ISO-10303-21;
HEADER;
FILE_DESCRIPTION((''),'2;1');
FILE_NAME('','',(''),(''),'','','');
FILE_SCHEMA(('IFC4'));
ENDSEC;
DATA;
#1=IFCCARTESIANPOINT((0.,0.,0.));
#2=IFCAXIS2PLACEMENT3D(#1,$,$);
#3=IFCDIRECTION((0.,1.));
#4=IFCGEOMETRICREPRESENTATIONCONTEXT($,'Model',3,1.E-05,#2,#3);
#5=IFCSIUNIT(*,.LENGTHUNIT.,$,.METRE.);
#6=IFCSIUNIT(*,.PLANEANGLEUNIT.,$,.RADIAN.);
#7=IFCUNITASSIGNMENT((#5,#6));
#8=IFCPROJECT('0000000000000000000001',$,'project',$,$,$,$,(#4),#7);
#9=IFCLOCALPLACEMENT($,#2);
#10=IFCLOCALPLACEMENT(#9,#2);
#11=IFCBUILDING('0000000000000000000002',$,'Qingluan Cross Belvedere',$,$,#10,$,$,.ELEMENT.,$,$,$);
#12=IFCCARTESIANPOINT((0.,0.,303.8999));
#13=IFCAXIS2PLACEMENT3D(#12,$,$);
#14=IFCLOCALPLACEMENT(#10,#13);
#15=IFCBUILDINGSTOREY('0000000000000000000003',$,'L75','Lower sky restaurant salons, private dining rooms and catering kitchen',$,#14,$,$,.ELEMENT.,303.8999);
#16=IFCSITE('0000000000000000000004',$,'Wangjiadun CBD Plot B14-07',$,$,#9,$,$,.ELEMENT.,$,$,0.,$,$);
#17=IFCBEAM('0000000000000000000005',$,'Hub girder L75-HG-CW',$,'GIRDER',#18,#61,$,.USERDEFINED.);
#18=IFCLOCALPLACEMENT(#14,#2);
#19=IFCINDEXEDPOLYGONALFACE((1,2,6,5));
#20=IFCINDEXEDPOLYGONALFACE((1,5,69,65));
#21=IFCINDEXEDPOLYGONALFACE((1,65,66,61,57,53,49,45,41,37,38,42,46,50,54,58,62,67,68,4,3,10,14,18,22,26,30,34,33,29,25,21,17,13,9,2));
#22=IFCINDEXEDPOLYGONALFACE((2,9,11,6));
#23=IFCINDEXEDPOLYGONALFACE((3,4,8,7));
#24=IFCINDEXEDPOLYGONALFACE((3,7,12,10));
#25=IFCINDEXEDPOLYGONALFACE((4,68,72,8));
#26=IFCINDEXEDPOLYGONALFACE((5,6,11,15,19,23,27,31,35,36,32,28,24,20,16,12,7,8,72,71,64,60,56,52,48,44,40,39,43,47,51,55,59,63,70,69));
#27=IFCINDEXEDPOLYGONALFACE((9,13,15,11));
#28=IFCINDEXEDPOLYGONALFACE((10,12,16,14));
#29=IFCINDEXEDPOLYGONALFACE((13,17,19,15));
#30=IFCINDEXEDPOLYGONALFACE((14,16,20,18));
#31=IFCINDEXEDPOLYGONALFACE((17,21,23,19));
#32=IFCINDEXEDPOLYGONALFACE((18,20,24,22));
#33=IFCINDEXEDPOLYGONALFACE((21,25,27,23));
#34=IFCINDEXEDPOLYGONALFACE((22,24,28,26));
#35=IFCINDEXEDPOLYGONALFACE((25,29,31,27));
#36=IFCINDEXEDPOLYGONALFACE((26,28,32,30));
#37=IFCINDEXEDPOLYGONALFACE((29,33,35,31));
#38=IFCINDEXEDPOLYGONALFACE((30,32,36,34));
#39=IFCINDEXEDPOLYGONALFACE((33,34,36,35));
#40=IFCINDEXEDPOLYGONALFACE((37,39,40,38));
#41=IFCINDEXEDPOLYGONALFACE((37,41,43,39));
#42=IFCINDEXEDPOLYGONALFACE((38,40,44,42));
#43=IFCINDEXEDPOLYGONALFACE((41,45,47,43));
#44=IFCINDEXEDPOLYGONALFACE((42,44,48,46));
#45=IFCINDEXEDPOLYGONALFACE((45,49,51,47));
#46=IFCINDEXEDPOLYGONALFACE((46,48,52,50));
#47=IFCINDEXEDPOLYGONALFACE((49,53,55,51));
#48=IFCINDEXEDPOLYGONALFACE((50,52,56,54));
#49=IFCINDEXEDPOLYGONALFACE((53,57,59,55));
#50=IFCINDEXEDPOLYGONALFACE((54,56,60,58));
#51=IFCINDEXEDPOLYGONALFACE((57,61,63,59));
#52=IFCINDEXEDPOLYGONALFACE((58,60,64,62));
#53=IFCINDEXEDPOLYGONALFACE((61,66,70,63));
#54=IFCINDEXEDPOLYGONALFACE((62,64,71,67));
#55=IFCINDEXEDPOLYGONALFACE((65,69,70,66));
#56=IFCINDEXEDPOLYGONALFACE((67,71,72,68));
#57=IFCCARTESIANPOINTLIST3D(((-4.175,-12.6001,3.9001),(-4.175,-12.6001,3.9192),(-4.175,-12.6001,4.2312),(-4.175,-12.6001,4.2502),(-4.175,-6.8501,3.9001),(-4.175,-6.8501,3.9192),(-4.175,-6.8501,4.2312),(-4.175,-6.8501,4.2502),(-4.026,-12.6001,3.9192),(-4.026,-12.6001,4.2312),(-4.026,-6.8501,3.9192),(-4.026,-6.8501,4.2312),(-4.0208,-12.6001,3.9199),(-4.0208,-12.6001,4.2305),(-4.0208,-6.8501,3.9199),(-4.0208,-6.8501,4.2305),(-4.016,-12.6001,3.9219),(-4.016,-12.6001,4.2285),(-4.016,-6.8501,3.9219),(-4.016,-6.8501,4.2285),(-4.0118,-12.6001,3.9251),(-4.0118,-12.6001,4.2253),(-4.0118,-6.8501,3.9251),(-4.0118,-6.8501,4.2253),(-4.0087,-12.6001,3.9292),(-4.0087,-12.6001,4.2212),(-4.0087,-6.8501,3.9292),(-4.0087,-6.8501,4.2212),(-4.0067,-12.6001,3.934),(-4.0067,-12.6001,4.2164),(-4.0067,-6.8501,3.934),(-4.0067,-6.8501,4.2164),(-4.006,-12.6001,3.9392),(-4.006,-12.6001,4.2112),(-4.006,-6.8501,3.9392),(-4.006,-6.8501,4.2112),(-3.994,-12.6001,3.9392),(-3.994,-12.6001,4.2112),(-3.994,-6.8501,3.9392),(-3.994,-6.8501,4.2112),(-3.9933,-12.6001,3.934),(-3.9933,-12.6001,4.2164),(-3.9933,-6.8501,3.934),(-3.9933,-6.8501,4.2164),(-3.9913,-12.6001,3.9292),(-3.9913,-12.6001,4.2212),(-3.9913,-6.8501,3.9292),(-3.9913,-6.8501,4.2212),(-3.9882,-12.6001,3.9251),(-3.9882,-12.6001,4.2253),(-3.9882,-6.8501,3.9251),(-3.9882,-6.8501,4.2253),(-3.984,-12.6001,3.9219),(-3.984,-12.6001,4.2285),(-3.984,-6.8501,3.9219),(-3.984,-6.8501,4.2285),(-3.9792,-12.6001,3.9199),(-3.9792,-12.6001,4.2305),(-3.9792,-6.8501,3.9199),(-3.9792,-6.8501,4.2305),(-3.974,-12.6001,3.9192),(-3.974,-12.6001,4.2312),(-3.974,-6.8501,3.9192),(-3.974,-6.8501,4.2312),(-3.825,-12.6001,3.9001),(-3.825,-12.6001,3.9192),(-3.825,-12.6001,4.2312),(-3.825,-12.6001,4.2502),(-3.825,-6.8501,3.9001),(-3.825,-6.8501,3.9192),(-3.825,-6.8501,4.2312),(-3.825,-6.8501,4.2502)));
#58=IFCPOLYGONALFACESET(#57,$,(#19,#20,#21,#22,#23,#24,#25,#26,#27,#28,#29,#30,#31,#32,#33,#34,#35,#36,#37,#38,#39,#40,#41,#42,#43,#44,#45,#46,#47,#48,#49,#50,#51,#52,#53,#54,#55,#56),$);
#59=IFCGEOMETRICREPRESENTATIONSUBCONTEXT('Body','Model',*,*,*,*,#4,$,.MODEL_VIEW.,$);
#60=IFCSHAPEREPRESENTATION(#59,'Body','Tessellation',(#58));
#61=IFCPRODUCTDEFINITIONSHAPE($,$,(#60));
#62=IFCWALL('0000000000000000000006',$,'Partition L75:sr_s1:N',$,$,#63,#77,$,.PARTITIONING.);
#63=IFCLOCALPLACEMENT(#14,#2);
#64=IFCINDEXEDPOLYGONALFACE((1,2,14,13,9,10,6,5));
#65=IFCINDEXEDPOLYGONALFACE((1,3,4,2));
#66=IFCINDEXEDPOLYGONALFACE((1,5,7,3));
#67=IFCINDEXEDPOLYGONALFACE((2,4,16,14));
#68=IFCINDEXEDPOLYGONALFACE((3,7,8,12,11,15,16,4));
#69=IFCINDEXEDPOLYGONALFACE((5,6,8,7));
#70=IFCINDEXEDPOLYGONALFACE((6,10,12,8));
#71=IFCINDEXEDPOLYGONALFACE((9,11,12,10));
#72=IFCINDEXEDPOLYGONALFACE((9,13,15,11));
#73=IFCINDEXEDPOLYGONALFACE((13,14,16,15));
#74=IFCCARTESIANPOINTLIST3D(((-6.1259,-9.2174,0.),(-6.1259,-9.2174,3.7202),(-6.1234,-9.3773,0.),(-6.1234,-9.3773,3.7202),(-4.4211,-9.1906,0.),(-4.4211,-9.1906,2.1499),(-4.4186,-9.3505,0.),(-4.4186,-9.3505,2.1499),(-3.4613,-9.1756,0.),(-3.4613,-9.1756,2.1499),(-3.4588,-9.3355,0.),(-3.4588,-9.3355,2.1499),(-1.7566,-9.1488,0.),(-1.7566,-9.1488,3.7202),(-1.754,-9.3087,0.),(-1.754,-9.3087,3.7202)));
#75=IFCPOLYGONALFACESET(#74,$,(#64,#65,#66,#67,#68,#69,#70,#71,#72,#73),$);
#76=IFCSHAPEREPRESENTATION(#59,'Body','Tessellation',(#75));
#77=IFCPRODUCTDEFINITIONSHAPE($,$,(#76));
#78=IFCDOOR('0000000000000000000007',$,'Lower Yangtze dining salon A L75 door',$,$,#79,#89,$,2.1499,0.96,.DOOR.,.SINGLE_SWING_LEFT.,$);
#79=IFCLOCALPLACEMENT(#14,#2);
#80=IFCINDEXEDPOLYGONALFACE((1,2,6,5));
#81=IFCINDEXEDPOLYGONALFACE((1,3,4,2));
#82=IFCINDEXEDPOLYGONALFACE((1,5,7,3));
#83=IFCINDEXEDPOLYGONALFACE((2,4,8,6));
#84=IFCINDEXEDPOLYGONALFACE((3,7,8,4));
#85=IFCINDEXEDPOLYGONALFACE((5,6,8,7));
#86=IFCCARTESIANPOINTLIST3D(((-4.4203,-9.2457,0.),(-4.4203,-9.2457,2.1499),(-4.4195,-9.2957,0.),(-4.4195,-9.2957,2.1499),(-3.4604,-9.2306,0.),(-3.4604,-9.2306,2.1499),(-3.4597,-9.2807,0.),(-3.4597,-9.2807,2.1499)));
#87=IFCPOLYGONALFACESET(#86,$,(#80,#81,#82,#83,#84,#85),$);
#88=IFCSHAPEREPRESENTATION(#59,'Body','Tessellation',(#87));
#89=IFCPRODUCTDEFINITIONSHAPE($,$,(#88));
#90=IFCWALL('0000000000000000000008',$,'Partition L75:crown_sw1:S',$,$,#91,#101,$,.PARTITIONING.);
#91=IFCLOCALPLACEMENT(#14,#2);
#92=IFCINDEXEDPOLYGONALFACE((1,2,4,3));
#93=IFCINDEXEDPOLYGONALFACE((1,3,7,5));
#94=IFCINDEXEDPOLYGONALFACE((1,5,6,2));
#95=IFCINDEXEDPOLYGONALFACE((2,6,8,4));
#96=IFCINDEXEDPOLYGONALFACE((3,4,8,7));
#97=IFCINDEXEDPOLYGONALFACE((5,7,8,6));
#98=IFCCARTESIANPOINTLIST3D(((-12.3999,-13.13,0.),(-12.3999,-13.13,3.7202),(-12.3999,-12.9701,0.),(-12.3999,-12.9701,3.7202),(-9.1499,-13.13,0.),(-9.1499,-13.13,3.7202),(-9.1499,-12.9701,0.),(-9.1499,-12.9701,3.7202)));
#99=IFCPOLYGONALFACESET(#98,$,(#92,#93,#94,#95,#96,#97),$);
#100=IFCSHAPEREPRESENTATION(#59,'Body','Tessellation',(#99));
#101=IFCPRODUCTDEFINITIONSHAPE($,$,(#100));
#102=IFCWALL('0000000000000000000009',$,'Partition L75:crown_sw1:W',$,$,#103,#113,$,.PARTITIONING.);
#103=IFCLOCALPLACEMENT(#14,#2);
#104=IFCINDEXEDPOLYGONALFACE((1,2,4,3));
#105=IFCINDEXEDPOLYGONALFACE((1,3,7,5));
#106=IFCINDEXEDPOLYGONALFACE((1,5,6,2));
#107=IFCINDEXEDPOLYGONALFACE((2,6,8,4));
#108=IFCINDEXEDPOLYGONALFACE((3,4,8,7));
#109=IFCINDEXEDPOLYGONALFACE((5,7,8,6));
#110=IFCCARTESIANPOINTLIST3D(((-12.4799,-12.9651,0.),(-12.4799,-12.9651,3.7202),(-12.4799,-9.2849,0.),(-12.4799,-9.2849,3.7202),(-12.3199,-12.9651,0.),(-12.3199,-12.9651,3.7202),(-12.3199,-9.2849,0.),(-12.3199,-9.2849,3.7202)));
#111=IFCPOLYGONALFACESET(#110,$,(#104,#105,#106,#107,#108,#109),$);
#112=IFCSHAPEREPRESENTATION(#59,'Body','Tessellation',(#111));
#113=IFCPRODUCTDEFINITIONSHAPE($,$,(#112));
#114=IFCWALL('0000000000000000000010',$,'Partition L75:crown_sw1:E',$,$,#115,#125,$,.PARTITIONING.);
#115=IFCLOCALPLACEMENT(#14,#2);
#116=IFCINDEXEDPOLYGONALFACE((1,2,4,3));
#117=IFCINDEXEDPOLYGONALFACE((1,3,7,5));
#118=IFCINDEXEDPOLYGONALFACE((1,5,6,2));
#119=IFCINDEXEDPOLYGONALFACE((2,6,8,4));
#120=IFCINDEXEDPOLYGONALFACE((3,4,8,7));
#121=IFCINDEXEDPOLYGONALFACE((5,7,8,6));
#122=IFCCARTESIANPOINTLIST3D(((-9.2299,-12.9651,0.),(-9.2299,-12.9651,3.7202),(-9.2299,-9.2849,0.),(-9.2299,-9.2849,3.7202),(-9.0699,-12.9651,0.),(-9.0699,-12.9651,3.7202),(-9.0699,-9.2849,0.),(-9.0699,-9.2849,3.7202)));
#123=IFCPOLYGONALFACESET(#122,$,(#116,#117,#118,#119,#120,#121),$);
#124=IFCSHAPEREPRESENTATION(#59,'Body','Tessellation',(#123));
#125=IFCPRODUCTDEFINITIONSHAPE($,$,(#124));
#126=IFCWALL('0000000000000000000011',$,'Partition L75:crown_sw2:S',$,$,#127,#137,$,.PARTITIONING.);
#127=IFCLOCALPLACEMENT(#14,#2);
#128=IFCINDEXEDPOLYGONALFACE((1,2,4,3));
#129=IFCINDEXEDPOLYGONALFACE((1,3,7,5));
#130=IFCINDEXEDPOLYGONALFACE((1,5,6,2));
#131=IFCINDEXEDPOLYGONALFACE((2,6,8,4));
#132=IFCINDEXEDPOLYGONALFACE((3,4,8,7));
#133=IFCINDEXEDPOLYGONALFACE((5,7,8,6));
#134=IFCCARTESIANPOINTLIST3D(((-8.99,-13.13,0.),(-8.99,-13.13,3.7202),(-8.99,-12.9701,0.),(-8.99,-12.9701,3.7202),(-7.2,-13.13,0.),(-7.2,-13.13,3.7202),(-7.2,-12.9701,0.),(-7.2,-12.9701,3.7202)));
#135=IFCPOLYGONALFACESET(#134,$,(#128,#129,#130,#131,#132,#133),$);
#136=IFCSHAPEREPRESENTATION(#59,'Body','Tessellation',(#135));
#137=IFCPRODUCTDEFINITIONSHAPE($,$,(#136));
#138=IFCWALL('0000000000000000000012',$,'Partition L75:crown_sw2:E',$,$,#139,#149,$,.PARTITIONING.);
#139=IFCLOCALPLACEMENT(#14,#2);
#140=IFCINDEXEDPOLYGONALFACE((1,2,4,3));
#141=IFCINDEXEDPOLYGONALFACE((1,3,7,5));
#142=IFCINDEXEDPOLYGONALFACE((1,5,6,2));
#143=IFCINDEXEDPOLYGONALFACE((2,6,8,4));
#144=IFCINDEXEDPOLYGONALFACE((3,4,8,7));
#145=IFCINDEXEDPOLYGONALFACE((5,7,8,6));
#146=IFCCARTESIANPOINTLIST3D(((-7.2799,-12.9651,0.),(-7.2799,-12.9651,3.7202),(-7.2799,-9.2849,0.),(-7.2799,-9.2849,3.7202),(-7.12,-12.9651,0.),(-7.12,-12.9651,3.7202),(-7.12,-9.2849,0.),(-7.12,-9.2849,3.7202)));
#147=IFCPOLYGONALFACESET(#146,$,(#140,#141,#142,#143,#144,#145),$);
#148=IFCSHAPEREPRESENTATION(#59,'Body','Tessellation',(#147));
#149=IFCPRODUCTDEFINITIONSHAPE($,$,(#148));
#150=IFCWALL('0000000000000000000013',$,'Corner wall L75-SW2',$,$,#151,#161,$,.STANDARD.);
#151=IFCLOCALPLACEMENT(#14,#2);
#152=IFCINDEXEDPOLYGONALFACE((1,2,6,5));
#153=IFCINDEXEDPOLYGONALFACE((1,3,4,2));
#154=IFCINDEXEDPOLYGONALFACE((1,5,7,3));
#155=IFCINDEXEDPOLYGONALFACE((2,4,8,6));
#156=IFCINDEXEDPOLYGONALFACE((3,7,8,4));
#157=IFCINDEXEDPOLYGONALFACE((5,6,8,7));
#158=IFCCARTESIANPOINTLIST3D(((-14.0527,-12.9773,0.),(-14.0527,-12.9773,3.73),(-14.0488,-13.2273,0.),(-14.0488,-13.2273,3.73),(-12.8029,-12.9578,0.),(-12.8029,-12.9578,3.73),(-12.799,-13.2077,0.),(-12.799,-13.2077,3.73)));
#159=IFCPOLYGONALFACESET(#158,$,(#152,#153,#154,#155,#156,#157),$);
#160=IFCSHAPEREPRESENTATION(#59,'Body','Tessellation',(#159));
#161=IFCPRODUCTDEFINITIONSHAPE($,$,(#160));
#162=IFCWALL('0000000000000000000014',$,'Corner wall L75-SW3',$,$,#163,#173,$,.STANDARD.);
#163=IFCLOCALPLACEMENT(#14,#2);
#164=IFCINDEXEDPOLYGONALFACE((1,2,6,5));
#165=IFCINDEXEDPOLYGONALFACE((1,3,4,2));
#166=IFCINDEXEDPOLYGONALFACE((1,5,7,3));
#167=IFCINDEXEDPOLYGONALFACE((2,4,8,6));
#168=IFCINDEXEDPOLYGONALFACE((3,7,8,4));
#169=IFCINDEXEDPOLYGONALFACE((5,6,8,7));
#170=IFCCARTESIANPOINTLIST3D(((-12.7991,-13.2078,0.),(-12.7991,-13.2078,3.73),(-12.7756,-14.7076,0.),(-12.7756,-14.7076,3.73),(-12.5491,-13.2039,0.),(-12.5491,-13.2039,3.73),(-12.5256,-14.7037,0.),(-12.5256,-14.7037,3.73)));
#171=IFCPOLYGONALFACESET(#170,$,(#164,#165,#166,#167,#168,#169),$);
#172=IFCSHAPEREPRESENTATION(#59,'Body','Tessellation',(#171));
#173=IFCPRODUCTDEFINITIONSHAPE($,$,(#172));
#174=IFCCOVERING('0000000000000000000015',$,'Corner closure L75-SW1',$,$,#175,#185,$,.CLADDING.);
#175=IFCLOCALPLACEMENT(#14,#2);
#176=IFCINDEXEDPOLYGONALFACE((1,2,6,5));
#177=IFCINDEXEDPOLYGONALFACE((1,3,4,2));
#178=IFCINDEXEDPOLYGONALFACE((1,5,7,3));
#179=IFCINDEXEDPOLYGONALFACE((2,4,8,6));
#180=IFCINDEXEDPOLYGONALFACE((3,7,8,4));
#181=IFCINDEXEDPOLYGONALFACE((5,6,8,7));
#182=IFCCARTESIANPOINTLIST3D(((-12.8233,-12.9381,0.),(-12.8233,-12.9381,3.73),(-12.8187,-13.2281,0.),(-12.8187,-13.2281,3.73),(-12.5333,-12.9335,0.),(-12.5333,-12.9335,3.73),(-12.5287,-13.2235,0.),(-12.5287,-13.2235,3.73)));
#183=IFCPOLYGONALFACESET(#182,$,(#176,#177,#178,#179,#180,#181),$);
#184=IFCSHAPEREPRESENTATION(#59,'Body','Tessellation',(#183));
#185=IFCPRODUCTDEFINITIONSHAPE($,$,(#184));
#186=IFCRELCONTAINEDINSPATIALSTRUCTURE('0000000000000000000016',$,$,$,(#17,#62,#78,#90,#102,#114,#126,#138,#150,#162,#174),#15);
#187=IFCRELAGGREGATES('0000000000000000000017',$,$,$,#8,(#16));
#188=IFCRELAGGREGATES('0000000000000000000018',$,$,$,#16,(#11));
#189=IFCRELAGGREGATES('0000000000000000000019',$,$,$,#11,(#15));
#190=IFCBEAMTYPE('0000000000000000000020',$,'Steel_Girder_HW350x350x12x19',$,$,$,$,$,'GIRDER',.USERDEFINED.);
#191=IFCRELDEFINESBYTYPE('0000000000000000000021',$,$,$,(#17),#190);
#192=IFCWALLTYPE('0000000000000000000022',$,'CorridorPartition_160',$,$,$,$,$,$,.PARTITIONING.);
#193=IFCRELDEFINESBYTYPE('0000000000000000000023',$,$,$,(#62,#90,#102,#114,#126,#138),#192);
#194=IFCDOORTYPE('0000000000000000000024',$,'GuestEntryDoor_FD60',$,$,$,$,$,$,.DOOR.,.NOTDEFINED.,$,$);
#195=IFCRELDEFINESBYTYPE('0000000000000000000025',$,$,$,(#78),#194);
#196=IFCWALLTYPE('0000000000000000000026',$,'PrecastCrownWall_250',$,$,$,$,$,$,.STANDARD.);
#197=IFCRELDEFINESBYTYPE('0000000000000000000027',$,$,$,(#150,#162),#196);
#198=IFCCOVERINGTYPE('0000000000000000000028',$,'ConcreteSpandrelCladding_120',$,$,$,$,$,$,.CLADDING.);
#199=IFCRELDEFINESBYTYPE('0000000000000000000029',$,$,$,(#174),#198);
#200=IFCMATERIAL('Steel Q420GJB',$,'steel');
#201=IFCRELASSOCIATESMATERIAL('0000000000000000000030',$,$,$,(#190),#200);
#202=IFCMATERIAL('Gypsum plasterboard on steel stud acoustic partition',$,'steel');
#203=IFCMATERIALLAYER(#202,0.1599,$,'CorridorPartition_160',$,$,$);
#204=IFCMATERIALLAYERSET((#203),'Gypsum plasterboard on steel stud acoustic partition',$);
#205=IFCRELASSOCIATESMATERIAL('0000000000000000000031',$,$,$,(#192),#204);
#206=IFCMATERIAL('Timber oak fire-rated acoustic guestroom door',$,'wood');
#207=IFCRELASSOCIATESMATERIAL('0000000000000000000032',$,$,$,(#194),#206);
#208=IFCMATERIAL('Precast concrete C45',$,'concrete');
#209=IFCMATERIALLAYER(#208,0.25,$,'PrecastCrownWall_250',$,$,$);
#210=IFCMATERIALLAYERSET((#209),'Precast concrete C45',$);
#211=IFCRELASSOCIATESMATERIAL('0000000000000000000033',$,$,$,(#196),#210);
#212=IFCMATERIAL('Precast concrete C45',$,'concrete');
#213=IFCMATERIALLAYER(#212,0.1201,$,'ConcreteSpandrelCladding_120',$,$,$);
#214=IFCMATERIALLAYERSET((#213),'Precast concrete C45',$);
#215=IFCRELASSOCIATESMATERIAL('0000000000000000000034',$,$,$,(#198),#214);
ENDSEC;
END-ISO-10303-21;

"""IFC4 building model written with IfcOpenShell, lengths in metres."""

from ifc_helpers import new_model, si_unit, direction, frame, frame_2d, origin, origin_2d, place, context, subcontext, project, spatial, rectangle, i_section, extrude, material, layer, layer_set, material_profile, profile_set, type_object, element, fill, save


model = new_model("IFC4")

# Units and contexts
model_context = context("Model", 3, precision=1e-05, world=origin(), true_north=direction((0.0, 1.0)))
body_context = subcontext(model_context, "Body", "Model", "MODEL_VIEW")
ifc_project = project(units=[si_unit("LENGTHUNIT", "METRE"), si_unit("PLANEANGLEUNIT", "RADIAN")], contexts=[model_context])

# Site, building, storey
site_placement = place(None, origin())
site = spatial("IfcSite", under=ifc_project, at=site_placement, Name="Wangjiadun CBD Plot B14-07", CompositionType="ELEMENT", RefElevation=0.0)
building_placement = place(site_placement, origin())
building = spatial("IfcBuilding", under=site, at=building_placement, Name="Qingluan Cross Belvedere", CompositionType="ELEMENT")
storey_placement = place(building_placement, frame((0.0, 0.0, 303.8999)))
storey = spatial("IfcBuildingStorey", under=building, at=storey_placement, Name="L75", Description="Lower sky restaurant salons, private dining rooms and catering kitchen", CompositionType="ELEMENT", Elevation=303.8999)

# Beam
ifc_material_1 = material(Name="Steel Q420GJB", Category="steel")
ifc_material_profile_1 = material_profile(ifc_material_1, i_section(OverallWidth=0.3501, OverallDepth=0.3501, WebThickness=0.012, FlangeThickness=0.019, FilletRadius=0.02, at=origin_2d()), Name="HW350x350x12x19")
ifc_profile_set_1 = profile_set([ifc_material_profile_1], Name="Steel Q420GJB")
beam_type = type_object("IfcBeamType", Name="Steel_Girder_HW350x350x12x19", ElementType="GIRDER", PredefinedType="USERDEFINED", material=ifc_profile_set_1)
for number, where, z_axis, x_axis, name in (
    (1, (-4.0, -12.6001, 4.0752), (0.0, 1.0, 0.0), (-1.0, 0.0, 0.0), "Hub girder L75-HG-CW"),
):
    element("IfcBeam", number, at=place(storey_placement, frame(where, z_axis=z_axis, x_axis=x_axis)), inside=storey, type_object=beam_type, Name=name, ObjectType="GIRDER", PredefinedType="USERDEFINED", context=body_context, shape_type="SweptSolid", body=[
        extrude(i_section(OverallWidth=0.3501, OverallDepth=0.3501, WebThickness=0.012, FlangeThickness=0.019, FilletRadius=0.02, at=origin_2d()), origin(), (0.0, 0.0, 1.0), 5.75),
    ])

# Wall, opening, door
ifc_material_2 = material(Name="Gypsum plasterboard on steel stud acoustic partition", Category="steel")
ifc_layer_1 = layer(ifc_material_2, 0.1599, Name="CorridorPartition_160")
ifc_layer_set_1 = layer_set([ifc_layer_1], Name="Gypsum plasterboard on steel stud acoustic partition")
wall_type_1 = type_object("IfcWallType", Name="CorridorPartition_160", PredefinedType="PARTITIONING", material=ifc_layer_set_1)
wall_1_placement = place(storey_placement, frame((-6.1248, -9.2974, 0.0), z_axis=(0.0, 0.0, 1.0), x_axis=(0.999877, 0.015699, 0.0)))
wall_1 = element("IfcWall", 2, at=wall_1_placement, inside=storey, type_object=wall_type_1, Name="Partition L75:sr_s1:N", PredefinedType="PARTITIONING", context=body_context, shape_type="SweptSolid", body=[
    extrude(rectangle(XDim=4.3699, YDim=0.1599, at=frame_2d((2.1851, 0.0))), origin(), (0.0, 0.0, 1.0), 3.7202),
])
opening_1_placement = place(wall_1_placement, frame((1.7051, 0.0, 0.0)))
opening_1 = element("IfcOpeningElement", 3, at=opening_1_placement, cuts=wall_1, PredefinedType="OPENING", context=body_context, shape_type="SweptSolid", body=[
    extrude(rectangle(XDim=0.96, YDim=2.1499, at=frame_2d((0.48, 1.075))), frame((0.0, 0.0898, 0.0), z_axis=(0.0, -1.0, 0.0), x_axis=(1.0, 0.0, 0.0)), (0.0, 0.0, 1.0), 0.1799),
])
ifc_material_3 = material(Name="Timber oak fire-rated acoustic guestroom door", Category="wood")
door_type = type_object("IfcDoorType", Name="GuestEntryDoor_FD60", OperationType="NOTDEFINED", PredefinedType="DOOR", material=ifc_material_3)
door_1_placement = place(opening_1_placement, origin())
door_1 = element("IfcDoor", 4, at=door_1_placement, inside=storey, type_object=door_type, Name="Lower Yangtze dining salon A L75 door", OperationType="SINGLE_SWING_LEFT", OverallHeight=2.1499, OverallWidth=0.96, PredefinedType="DOOR", context=body_context, shape_type="SweptSolid", body=[
    extrude(rectangle(XDim=0.96, YDim=2.1499, at=frame_2d((0.48, 1.075))), frame((0.0, 0.0249, 0.0), z_axis=(0.0, -1.0, 0.0), x_axis=(1.0, 0.0, 0.0)), (0.0, 0.0, 1.0), 0.05),
])
fill(opening_1, door_1)

# Wall
wall_2_placement = place(storey_placement, frame((-12.3999, -13.05, 0.0), z_axis=(0.0, 0.0, 1.0), x_axis=(1.0, 0.0, 0.0)))
element("IfcWall", 5, at=wall_2_placement, inside=storey, type_object=wall_type_1, Name="Partition L75:crown_sw1:S", PredefinedType="PARTITIONING", context=body_context, shape_type="SweptSolid", body=[
    extrude(rectangle(XDim=3.25, YDim=0.1599, at=frame_2d((1.625, 0.0))), origin(), (0.0, 0.0, 1.0), 3.7202),
])

# Walls
for number, where, z_axis, x_axis, name in (
    (6, (-12.3999, -12.9651, 0.0), (0.0, 0.0, 1.0), (0.0, 1.0, 0.0), "Partition L75:crown_sw1:W"),
    (7, (-9.1499, -12.9651, 0.0), (0.0, 0.0, 1.0), (0.0, 1.0, 0.0), "Partition L75:crown_sw1:E"),
):
    element("IfcWall", number, at=place(storey_placement, frame(where, z_axis=z_axis, x_axis=x_axis)), inside=storey, type_object=wall_type_1, Name=name, PredefinedType="PARTITIONING", context=body_context, shape_type="SweptSolid", body=[
        extrude(rectangle(XDim=3.6802, YDim=0.1599, at=frame_2d((1.8401, 0.0))), origin(), (0.0, 0.0, 1.0), 3.7202),
    ])
wall_3_placement = place(storey_placement, frame((-8.99, -13.05, 0.0), z_axis=(0.0, 0.0, 1.0), x_axis=(1.0, 0.0, 0.0)))
element("IfcWall", 8, at=wall_3_placement, inside=storey, type_object=wall_type_1, Name="Partition L75:crown_sw2:S", PredefinedType="PARTITIONING", context=body_context, shape_type="SweptSolid", body=[
    extrude(rectangle(XDim=1.79, YDim=0.1599, at=frame_2d((0.895, 0.0))), origin(), (0.0, 0.0, 1.0), 3.7202),
])

# Walls
wall_4_placement = place(storey_placement, frame((-7.2, -12.9651, 0.0), z_axis=(0.0, 0.0, 1.0), x_axis=(0.0, 1.0, 0.0)))
element("IfcWall", 9, at=wall_4_placement, inside=storey, type_object=wall_type_1, Name="Partition L75:crown_sw2:E", PredefinedType="PARTITIONING", context=body_context, shape_type="SweptSolid", body=[
    extrude(rectangle(XDim=3.6802, YDim=0.1599, at=frame_2d((1.8401, 0.0))), origin(), (0.0, 0.0, 1.0), 3.7202),
])
ifc_material_4 = material(Name="Precast concrete C45", Category="concrete")
ifc_layer_2 = layer(ifc_material_4, 0.25, Name="PrecastCrownWall_250")
ifc_layer_set_2 = layer_set([ifc_layer_2], Name="Precast concrete C45")
wall_type_2 = type_object("IfcWallType", Name="PrecastCrownWall_250", PredefinedType="STANDARD", material=ifc_layer_set_2)
wall_5_placement = place(storey_placement, frame((-14.0508, -13.1023, 0.0), z_axis=(0.0, 0.0, 1.0), x_axis=(0.999878, 0.015626, 0.0)))
element("IfcWall", 10, at=wall_5_placement, inside=storey, type_object=wall_type_2, Name="Corner wall L75-SW2", PredefinedType="STANDARD", context=body_context, shape_type="SweptSolid", body=[
    extrude(rectangle(XDim=1.25, YDim=0.25, at=frame_2d((0.625, 0.0))), origin(), (0.0, 0.0, 1.0), 3.73),
])
wall_6_placement = place(storey_placement, frame((-12.6741, -13.2058, 0.0), z_axis=(0.0, 0.0, 1.0), x_axis=(0.015626, -0.999878, 0.0)))
element("IfcWall", 11, at=wall_6_placement, inside=storey, type_object=wall_type_2, Name="Corner wall L75-SW3", PredefinedType="STANDARD", context=body_context, shape_type="SweptSolid", body=[
    extrude(rectangle(XDim=1.5, YDim=0.25, at=frame_2d((0.75, 0.0))), origin(), (0.0, 0.0, 1.0), 3.73),
])

# Covering
ifc_material_5 = material(Name="Precast concrete C45", Category="concrete")
ifc_layer_3 = layer(ifc_material_5, 0.1201, Name="ConcreteSpandrelCladding_120")
ifc_layer_set_3 = layer_set([ifc_layer_3], Name="Precast concrete C45")
covering_type = type_object("IfcCoveringType", Name="ConcreteSpandrelCladding_120", PredefinedType="CLADDING", material=ifc_layer_set_3)
for number, where, z_axis, x_axis, name in (
    (12, (-12.676, -13.0808, 0.0), (0.0, 0.0, 1.0), (0.999877, 0.015707, 0.0), "Corner closure L75-SW1"),
):
    element("IfcCovering", number, at=place(storey_placement, frame(where, z_axis=z_axis, x_axis=x_axis)), inside=storey, type_object=covering_type, Name=name, PredefinedType="CLADDING", context=body_context, shape_type="SweptSolid", body=[
        extrude(rectangle(XDim=0.29, YDim=0.29, at=origin_2d()), origin(), (0.0, 0.0, 1.0), 3.73),
    ])

save(model, "model.ifc")
